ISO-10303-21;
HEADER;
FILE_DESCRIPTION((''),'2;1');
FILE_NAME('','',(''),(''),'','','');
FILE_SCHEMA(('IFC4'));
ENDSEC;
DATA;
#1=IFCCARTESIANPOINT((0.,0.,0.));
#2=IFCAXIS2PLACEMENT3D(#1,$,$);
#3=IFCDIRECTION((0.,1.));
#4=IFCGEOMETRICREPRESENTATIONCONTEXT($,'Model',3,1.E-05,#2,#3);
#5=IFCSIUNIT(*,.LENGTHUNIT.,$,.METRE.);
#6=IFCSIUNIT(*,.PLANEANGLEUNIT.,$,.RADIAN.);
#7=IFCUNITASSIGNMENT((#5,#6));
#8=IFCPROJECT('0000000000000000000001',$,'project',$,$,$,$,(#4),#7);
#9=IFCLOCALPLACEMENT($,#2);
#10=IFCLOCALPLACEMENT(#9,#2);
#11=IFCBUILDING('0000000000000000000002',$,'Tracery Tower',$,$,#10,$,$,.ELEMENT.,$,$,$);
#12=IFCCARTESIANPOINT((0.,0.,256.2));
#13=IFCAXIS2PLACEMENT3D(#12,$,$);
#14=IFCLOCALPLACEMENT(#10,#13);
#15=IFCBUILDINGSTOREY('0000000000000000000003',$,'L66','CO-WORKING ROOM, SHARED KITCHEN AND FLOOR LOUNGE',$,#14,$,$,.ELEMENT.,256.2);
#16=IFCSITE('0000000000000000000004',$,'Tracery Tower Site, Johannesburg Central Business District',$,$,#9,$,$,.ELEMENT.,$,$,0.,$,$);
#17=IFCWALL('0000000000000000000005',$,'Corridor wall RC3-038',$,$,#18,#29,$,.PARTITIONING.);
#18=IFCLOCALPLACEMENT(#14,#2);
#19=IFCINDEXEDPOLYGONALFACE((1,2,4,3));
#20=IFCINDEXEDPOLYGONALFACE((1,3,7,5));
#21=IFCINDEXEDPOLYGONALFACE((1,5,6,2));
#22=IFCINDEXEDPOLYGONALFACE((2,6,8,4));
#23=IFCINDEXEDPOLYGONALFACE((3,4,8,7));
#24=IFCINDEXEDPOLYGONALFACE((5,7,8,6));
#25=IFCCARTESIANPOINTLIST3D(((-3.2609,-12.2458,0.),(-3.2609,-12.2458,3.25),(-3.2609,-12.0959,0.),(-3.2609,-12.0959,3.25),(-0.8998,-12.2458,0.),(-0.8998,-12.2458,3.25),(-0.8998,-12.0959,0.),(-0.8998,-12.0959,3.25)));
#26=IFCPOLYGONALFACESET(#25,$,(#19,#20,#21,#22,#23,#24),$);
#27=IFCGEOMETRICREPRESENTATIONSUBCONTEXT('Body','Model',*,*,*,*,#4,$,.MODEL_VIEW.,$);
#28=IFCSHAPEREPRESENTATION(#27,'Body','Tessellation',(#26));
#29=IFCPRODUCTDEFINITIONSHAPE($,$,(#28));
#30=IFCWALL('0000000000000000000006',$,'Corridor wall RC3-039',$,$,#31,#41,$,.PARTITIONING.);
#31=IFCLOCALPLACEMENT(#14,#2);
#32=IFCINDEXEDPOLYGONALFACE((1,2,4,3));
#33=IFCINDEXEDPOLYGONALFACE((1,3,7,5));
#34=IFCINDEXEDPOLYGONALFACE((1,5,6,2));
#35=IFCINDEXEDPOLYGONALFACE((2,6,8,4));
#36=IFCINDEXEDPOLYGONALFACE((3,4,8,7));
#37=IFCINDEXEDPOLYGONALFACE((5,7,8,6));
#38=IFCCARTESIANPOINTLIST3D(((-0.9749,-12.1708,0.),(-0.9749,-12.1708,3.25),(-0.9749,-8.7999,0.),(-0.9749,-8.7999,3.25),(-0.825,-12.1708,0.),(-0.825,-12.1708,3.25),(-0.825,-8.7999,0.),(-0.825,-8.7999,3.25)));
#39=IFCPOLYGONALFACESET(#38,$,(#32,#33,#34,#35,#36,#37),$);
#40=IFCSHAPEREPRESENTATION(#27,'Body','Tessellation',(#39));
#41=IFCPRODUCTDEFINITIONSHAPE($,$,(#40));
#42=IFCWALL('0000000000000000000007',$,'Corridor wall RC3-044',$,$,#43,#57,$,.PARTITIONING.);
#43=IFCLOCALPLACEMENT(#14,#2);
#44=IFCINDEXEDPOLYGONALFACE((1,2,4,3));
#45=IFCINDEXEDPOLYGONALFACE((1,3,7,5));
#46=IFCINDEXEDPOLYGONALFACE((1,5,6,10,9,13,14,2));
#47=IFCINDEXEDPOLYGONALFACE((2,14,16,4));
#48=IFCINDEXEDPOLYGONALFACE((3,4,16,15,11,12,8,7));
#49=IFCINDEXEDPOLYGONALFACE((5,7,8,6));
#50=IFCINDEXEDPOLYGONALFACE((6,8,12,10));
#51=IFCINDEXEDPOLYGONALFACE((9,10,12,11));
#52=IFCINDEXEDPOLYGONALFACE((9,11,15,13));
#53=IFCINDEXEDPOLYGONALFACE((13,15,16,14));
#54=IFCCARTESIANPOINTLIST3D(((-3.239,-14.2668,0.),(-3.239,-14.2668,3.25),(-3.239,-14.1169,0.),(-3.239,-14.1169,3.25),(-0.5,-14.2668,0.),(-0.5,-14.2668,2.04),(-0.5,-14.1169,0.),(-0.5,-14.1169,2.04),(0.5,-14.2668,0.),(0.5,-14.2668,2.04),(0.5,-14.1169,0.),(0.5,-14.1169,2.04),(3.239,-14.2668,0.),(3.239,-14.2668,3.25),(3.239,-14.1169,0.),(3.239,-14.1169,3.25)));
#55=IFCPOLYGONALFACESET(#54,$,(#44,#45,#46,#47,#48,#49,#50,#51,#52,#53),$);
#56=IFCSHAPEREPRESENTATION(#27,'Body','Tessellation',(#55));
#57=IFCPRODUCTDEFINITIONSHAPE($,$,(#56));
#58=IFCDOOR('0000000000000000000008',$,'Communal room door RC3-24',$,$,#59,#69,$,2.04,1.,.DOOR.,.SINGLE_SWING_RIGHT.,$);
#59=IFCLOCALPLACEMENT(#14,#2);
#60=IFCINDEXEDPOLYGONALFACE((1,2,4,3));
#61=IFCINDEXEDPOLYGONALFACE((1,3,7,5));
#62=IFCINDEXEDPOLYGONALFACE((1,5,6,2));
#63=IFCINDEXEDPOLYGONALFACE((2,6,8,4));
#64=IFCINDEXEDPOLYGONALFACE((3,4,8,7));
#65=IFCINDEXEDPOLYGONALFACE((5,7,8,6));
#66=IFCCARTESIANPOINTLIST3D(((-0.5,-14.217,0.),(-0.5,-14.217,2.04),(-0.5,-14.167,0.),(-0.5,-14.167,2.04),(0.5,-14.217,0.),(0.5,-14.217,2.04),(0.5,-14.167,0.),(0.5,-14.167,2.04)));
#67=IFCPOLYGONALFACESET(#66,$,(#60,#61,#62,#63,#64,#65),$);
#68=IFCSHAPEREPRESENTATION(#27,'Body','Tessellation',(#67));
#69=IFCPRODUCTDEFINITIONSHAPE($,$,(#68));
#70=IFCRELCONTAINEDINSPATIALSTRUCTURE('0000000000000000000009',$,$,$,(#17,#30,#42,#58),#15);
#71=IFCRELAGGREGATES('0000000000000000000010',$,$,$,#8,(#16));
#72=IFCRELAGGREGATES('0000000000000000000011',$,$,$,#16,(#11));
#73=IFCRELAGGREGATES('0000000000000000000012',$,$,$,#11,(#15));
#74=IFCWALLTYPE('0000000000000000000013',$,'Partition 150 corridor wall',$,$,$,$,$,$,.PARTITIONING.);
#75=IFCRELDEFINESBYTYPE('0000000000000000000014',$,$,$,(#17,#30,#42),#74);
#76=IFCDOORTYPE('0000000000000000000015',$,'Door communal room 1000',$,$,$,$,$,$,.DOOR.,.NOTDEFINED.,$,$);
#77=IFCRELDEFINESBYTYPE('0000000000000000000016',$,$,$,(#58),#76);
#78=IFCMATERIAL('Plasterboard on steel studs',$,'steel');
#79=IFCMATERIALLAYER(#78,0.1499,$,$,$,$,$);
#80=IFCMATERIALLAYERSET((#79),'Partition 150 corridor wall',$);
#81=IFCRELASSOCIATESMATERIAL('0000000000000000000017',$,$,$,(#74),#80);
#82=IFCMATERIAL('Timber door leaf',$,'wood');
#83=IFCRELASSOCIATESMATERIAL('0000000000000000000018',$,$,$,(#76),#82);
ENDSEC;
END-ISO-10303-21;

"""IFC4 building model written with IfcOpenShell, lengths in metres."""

from ifc_helpers import new_model, si_unit, direction, frame, frame_2d, origin, place, context, subcontext, project, spatial, rectangle, extrude, material, layer, layer_set, type_object, element, fill, save


model = new_model("IFC4")

# Units and contexts
model_context = context("Model", 3, precision=1e-05, world=origin(), true_north=direction((0.0, 1.0)))
body_context = subcontext(model_context, "Body", "Model", "MODEL_VIEW")
ifc_project = project(units=[si_unit("LENGTHUNIT", "METRE"), si_unit("PLANEANGLEUNIT", "RADIAN")], contexts=[model_context])

# Site, building, storey
site_placement = place(None, origin())
site = spatial("IfcSite", under=ifc_project, at=site_placement, Name="Tracery Tower Site, Johannesburg Central Business District", CompositionType="ELEMENT", RefElevation=0.0)
building_placement = place(site_placement, origin())
building = spatial("IfcBuilding", under=site, at=building_placement, Name="Tracery Tower", CompositionType="ELEMENT")
storey_placement = place(building_placement, frame((0.0, 0.0, 256.2)))
storey = spatial("IfcBuildingStorey", under=building, at=storey_placement, Name="L66", Description="CO-WORKING ROOM, SHARED KITCHEN AND FLOOR LOUNGE", CompositionType="ELEMENT", Elevation=256.2)

# Walls
ifc_material_1 = material(Name="Plasterboard on steel studs", Category="steel")
ifc_layer_1 = layer(ifc_material_1, 0.1499)
ifc_layer_set_1 = layer_set([ifc_layer_1], Name="Partition 150 corridor wall")
wall_type_1 = type_object("IfcWallType", Name="Partition 150 corridor wall", PredefinedType="PARTITIONING", material=ifc_layer_set_1)
wall_1_placement = place(storey_placement, frame((-3.261, -12.1709, 0.0), z_axis=(0.0, 0.0, 1.0), x_axis=(1.0, 0.0, 0.0)))
element("IfcWall", 1, at=wall_1_placement, inside=storey, type_object=wall_type_1, Name="Corridor wall RC3-038", PredefinedType="PARTITIONING", context=body_context, shape_type="SweptSolid", body=[
    extrude(rectangle(XDim=2.3611, YDim=0.1499, at=frame_2d((1.1807, 0.0))), origin(), (0.0, 0.0, 1.0), 3.25),
])
wall_2_placement = place(storey_placement, frame((-0.8999, -12.1709, 0.0), z_axis=(0.0, 0.0, 1.0), x_axis=(0.0, 1.0, 0.0)))
element("IfcWall", 2, at=wall_2_placement, inside=storey, type_object=wall_type_1, Name="Corridor wall RC3-039", PredefinedType="PARTITIONING", context=body_context, shape_type="SweptSolid", body=[
    extrude(rectangle(XDim=3.3708, YDim=0.1499, at=frame_2d((1.6855, 0.0))), origin(), (0.0, 0.0, 1.0), 3.25),
])

# Wall, opening, door
wall_3_placement = place(storey_placement, frame((-3.239, -14.1919, 0.0), z_axis=(0.0, 0.0, 1.0), x_axis=(1.0, 0.0, 0.0)))
wall_3 = element("IfcWall", 3, at=wall_3_placement, inside=storey, type_object=wall_type_1, Name="Corridor wall RC3-044", PredefinedType="PARTITIONING", context=body_context, shape_type="SweptSolid", body=[
    extrude(rectangle(XDim=6.478, YDim=0.1499, at=frame_2d((3.239, 0.0))), origin(), (0.0, 0.0, 1.0), 3.25),
])
opening_1_placement = place(wall_3_placement, frame((2.739, 0.0, 0.0)))
opening_1 = element("IfcOpeningElement", 4, at=opening_1_placement, cuts=wall_3, PredefinedType="OPENING", context=body_context, shape_type="SweptSolid", body=[
    extrude(rectangle(XDim=1.0, YDim=2.04, at=frame_2d((0.5, 1.02))), frame((0.0, 0.075, 0.0), z_axis=(0.0, -1.0, 0.0), x_axis=(1.0, 0.0, 0.0)), (0.0, 0.0, 1.0), 0.1499),
])
ifc_material_2 = material(Name="Timber door leaf", Category="wood")
door_type_1 = type_object("IfcDoorType", Name="Door communal room 1000", OperationType="NOTDEFINED", PredefinedType="DOOR", material=ifc_material_2)
door_1_placement = place(opening_1_placement, origin())
door_1 = element("IfcDoor", 5, at=door_1_placement, inside=storey, type_object=door_type_1, Name="Communal room door RC3-24", OperationType="SINGLE_SWING_RIGHT", OverallHeight=2.04, OverallWidth=1.0, PredefinedType="DOOR", context=body_context, shape_type="SweptSolid", body=[
    extrude(rectangle(XDim=1.0, YDim=2.04, at=frame_2d((0.5, 1.02))), frame((0.0, 0.0249, 0.0), z_axis=(0.0, -1.0, 0.0), x_axis=(1.0, 0.0, 0.0)), (0.0, 0.0, 1.0), 0.05),
])
fill(opening_1, door_1)

save(model, "model.ifc")
